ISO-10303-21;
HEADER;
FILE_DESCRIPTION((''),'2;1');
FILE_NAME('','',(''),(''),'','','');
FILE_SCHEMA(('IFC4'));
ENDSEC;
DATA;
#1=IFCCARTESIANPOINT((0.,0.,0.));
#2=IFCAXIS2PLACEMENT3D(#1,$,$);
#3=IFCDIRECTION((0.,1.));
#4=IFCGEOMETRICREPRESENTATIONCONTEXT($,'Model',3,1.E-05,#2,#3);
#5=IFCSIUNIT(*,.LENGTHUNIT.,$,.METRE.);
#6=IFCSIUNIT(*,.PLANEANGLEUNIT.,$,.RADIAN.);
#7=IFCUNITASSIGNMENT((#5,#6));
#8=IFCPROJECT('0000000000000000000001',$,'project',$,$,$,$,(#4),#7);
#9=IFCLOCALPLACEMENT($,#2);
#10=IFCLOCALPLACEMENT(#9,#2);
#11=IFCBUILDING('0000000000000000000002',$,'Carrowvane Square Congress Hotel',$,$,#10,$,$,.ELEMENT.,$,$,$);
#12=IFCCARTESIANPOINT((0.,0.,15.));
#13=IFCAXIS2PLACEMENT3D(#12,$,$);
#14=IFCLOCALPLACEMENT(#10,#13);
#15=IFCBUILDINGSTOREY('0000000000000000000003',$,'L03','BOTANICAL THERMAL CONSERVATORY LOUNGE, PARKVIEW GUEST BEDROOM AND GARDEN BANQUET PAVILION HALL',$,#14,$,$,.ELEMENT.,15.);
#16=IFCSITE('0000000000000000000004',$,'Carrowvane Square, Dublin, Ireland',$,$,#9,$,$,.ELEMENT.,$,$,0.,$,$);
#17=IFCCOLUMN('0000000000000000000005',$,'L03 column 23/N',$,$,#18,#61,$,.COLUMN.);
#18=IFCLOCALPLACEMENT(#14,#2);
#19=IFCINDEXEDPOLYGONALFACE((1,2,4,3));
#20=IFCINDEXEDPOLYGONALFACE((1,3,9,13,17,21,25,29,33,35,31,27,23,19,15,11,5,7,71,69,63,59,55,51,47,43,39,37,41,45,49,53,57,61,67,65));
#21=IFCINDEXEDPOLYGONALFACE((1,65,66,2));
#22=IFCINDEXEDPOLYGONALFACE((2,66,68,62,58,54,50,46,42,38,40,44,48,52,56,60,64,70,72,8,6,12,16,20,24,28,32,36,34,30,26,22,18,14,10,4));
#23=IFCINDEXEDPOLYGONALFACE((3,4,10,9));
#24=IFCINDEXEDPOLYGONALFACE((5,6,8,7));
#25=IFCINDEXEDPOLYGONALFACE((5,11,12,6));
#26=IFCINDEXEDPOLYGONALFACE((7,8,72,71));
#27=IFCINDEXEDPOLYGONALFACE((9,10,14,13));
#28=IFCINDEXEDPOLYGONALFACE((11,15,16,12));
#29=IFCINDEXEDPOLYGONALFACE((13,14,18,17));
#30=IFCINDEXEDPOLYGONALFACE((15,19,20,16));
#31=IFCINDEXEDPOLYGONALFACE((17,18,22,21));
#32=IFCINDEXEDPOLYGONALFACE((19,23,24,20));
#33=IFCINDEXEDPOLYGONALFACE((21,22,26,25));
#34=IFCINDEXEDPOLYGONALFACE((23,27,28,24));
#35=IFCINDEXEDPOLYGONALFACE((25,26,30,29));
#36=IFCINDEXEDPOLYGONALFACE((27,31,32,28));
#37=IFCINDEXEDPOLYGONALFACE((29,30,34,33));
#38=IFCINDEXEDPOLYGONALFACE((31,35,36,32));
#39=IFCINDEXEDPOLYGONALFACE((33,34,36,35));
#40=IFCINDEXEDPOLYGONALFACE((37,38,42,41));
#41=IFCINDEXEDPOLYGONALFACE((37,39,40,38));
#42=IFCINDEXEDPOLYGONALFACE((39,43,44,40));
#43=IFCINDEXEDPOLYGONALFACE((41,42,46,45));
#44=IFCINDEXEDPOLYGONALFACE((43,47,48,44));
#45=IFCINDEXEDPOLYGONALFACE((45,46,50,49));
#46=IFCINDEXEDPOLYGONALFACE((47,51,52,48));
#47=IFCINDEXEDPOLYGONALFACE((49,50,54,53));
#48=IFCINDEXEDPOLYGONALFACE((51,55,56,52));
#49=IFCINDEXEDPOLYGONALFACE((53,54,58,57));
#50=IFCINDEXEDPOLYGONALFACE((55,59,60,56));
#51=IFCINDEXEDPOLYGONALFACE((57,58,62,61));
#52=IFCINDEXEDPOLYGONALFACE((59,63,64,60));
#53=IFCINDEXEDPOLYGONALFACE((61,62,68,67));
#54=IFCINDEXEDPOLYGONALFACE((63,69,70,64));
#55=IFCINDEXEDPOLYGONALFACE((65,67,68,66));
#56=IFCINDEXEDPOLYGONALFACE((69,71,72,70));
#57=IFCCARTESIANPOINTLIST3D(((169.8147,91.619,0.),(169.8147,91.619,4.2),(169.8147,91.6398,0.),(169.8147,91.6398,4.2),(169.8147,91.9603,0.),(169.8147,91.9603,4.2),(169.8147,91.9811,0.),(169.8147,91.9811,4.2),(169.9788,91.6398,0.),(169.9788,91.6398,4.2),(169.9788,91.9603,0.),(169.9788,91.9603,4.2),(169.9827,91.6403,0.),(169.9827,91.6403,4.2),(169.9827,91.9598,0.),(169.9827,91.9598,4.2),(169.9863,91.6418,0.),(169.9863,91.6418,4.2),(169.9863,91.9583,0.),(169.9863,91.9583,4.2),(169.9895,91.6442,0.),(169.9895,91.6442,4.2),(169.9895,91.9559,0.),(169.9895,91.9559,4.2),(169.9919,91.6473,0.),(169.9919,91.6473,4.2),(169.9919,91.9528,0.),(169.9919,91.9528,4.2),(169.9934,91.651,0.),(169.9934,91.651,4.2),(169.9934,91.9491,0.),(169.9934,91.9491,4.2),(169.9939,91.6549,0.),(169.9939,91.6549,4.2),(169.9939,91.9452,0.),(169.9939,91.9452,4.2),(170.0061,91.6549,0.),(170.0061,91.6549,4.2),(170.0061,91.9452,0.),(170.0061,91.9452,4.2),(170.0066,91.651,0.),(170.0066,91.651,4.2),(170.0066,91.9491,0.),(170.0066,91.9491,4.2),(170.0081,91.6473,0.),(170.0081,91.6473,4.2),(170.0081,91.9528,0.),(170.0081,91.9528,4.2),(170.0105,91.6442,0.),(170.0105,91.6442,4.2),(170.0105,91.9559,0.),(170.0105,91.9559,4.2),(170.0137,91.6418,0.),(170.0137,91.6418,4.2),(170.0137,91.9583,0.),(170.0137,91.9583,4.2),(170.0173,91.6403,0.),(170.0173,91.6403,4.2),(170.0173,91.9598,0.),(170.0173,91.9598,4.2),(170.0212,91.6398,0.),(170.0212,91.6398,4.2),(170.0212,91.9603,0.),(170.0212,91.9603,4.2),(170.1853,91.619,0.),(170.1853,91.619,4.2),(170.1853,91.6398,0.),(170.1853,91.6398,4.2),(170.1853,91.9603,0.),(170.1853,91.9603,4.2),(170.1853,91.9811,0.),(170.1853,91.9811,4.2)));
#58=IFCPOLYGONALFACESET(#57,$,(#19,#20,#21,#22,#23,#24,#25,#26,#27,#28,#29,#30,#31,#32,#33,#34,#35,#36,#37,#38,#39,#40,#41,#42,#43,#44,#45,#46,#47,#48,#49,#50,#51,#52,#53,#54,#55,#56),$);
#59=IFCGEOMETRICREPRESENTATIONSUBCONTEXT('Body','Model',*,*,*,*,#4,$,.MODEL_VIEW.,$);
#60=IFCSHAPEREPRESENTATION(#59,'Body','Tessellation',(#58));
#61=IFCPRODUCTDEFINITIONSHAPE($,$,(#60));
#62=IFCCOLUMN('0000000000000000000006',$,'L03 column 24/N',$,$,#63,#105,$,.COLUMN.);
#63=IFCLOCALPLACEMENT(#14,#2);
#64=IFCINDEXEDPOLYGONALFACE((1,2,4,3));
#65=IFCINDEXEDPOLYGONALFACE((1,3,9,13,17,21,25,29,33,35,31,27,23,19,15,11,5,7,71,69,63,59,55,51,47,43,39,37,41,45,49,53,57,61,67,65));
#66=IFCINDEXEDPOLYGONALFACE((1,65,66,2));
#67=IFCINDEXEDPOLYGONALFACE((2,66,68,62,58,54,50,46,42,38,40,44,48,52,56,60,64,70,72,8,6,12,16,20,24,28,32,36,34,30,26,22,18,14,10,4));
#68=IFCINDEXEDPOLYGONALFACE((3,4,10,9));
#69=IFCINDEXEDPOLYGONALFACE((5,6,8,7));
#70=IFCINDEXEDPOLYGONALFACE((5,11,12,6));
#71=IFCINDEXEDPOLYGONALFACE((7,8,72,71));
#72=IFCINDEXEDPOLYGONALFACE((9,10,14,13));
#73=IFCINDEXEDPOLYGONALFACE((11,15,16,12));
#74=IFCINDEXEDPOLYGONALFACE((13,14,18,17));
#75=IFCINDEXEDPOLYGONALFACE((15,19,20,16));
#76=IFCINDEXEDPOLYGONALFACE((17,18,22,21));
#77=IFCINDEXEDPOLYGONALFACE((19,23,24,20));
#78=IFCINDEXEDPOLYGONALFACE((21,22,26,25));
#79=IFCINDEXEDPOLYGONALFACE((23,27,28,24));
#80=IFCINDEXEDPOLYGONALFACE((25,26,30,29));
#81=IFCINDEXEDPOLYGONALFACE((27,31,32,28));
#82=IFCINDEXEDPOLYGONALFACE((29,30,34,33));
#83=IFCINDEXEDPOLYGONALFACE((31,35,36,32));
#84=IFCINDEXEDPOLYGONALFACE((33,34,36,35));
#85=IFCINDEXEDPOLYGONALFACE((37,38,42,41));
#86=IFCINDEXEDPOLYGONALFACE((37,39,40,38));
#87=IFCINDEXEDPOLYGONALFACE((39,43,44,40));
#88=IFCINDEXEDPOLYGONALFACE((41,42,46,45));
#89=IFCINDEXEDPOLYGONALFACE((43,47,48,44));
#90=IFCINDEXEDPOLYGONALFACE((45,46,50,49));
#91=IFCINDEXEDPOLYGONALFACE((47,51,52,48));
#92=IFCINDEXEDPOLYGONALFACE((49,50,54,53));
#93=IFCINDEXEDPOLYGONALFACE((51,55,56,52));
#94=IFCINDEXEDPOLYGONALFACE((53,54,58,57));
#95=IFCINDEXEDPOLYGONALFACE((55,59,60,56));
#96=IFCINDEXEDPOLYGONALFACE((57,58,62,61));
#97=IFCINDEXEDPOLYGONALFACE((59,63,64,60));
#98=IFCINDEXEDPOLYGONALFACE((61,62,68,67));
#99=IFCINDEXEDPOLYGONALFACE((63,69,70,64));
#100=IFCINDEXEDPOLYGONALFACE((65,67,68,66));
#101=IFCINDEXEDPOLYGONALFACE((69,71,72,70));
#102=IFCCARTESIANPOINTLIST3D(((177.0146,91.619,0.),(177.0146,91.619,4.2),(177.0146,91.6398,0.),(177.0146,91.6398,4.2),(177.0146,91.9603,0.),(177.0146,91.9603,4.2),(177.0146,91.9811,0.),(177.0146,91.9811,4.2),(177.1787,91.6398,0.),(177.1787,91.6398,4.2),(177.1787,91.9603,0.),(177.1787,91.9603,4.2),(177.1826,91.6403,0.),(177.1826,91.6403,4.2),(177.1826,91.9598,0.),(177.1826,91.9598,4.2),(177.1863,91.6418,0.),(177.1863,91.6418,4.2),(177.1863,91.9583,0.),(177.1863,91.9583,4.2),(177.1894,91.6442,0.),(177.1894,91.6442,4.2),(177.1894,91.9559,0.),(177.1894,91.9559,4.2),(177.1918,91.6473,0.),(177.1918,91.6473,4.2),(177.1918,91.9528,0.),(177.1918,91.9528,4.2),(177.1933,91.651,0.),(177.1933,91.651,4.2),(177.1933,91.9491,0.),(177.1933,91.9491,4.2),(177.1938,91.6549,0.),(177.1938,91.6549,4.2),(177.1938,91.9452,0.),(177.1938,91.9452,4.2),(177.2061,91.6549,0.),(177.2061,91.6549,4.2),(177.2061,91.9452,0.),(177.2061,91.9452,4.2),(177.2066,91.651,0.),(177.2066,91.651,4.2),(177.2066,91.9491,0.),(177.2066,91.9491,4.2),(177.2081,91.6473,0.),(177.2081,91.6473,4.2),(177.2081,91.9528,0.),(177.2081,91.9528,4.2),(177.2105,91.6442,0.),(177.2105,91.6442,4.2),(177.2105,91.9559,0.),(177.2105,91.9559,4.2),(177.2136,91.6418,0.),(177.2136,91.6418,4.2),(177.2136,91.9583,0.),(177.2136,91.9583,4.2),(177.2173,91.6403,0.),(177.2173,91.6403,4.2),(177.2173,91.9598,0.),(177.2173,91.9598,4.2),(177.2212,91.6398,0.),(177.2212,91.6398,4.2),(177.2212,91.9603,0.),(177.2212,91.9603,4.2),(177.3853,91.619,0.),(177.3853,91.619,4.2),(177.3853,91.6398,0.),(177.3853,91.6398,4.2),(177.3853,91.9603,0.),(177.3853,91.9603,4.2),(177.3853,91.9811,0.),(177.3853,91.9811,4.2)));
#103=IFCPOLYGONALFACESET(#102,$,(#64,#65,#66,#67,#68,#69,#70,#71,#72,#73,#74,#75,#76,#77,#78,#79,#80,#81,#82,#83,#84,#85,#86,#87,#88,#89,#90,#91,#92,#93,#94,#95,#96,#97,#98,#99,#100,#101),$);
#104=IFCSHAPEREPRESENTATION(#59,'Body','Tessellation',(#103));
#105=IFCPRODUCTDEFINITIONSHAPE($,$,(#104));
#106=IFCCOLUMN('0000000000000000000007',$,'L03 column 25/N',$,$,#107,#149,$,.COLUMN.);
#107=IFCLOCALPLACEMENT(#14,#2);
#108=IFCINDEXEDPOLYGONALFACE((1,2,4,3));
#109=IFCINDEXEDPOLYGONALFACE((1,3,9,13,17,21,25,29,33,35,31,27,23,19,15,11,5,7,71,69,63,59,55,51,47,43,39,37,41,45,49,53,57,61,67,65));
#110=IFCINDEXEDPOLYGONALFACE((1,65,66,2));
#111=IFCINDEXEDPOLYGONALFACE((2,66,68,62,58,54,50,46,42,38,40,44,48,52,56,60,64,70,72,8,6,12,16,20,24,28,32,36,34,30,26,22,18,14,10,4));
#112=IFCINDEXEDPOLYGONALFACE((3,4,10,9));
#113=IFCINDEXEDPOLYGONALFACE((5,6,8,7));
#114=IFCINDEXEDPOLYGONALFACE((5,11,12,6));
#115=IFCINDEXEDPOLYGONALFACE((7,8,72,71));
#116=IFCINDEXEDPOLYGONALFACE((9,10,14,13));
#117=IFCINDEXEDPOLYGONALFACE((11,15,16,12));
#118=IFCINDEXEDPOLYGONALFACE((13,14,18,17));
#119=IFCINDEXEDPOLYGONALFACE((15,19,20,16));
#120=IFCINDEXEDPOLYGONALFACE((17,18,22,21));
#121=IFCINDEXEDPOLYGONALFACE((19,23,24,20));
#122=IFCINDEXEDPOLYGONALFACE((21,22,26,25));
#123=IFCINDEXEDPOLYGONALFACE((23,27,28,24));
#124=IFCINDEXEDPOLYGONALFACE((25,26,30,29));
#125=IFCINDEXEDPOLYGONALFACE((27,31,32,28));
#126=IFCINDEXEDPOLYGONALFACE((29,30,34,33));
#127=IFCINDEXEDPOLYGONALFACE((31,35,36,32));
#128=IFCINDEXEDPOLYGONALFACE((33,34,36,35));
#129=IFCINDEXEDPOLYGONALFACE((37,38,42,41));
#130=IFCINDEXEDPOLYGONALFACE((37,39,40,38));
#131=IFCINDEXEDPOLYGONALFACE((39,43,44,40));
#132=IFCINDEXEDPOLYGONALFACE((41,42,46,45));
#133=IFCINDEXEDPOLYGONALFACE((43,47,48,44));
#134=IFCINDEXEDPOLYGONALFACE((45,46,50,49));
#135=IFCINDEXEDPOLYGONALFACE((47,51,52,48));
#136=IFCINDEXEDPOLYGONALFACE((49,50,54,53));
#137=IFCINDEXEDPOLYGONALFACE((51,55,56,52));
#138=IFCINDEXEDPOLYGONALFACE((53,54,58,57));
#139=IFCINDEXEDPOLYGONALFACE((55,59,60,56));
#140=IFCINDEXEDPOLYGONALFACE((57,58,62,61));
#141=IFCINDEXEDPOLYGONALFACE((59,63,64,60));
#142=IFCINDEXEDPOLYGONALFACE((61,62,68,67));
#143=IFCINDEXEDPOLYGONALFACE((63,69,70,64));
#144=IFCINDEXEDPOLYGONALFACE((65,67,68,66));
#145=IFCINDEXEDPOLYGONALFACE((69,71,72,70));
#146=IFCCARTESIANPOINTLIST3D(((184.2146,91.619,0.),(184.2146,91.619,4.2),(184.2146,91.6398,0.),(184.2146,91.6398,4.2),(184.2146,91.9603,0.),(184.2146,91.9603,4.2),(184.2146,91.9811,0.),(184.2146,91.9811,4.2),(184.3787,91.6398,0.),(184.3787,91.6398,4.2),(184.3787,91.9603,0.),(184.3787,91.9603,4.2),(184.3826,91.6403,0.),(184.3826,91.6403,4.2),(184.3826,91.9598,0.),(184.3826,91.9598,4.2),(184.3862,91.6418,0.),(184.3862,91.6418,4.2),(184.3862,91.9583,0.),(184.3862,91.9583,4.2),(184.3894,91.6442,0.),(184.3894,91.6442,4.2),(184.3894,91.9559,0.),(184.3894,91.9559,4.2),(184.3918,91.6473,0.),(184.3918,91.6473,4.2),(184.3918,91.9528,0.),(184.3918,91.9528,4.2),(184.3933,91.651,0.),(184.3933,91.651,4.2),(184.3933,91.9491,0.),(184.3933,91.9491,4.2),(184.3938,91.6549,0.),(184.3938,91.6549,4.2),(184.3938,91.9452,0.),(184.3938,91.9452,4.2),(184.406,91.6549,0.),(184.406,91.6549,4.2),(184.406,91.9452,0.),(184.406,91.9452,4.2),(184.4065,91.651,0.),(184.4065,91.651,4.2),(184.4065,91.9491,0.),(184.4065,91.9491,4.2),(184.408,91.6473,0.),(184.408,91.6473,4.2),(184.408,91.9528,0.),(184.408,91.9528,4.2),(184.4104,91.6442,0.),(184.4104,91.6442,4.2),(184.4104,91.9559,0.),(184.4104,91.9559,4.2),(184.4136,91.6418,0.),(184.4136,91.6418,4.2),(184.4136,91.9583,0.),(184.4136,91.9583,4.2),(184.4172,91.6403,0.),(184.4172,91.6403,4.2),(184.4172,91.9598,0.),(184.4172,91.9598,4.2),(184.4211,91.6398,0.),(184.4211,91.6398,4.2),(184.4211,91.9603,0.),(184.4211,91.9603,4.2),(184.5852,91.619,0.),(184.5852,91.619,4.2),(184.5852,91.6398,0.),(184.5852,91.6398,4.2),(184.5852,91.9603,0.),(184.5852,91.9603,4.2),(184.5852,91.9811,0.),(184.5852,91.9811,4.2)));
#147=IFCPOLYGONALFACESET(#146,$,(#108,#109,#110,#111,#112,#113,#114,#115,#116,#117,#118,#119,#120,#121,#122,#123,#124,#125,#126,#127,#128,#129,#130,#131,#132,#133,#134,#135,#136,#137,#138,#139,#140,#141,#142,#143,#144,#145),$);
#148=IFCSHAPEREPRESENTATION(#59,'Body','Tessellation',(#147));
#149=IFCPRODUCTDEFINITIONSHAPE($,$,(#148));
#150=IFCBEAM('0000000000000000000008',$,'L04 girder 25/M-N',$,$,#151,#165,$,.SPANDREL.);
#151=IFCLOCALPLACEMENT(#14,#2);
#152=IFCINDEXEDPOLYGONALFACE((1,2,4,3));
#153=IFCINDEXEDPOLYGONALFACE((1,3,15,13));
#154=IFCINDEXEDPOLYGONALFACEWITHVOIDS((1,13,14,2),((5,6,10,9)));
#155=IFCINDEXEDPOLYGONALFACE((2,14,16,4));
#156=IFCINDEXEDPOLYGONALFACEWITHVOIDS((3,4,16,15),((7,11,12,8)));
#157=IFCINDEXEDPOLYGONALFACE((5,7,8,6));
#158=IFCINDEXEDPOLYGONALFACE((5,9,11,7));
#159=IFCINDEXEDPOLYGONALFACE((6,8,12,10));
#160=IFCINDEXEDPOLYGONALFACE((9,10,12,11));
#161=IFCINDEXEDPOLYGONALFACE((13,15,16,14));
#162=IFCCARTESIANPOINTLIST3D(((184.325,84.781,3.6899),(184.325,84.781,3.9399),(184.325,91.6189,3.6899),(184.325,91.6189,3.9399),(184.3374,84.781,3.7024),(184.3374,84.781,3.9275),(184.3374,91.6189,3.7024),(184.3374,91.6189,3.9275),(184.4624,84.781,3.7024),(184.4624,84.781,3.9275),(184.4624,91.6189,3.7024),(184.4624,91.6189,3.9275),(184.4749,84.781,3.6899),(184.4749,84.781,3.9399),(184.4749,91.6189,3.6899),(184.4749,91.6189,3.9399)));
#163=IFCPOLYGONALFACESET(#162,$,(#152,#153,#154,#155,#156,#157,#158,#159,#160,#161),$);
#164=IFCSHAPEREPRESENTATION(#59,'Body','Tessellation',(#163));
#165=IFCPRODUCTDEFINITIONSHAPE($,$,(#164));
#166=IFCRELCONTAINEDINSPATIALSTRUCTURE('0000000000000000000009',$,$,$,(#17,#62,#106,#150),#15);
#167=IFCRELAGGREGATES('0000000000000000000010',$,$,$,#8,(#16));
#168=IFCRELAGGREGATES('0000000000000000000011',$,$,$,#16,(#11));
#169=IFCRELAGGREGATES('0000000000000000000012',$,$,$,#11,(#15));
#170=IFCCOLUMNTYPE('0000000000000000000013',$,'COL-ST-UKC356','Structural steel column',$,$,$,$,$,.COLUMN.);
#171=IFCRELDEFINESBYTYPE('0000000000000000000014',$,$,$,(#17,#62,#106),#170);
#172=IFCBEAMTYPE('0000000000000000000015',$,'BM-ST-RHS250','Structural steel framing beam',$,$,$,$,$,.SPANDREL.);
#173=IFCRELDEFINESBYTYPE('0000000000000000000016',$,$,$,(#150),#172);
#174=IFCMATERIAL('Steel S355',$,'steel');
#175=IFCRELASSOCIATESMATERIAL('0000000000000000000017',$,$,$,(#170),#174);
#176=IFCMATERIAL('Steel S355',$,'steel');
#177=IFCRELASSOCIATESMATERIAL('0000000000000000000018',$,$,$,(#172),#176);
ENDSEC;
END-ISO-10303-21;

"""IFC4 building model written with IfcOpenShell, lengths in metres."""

from ifc_helpers import new_model, si_unit, direction, frame, origin, origin_2d, place, context, subcontext, project, spatial, hollow_rectangle, i_section, extrude, material, material_profile, profile_set, type_object, element, save


model = new_model("IFC4")

# Units and contexts
model_context = context("Model", 3, precision=1e-05, world=origin(), true_north=direction((0.0, 1.0)))
body_context = subcontext(model_context, "Body", "Model", "MODEL_VIEW")
ifc_project = project(units=[si_unit("LENGTHUNIT", "METRE"), si_unit("PLANEANGLEUNIT", "RADIAN")], contexts=[model_context])

# Site, building, storey
site_placement = place(None, origin())
site = spatial("IfcSite", under=ifc_project, at=site_placement, Name="Carrowvane Square, Dublin, Ireland", CompositionType="ELEMENT", RefElevation=0.0)
building_placement = place(site_placement, origin())
building = spatial("IfcBuilding", under=site, at=building_placement, Name="Carrowvane Square Congress Hotel", CompositionType="ELEMENT")
storey_placement = place(building_placement, frame((0.0, 0.0, 15.0)))
storey = spatial("IfcBuildingStorey", under=building, at=storey_placement, Name="L03", Description="BOTANICAL THERMAL CONSERVATORY LOUNGE, PARKVIEW GUEST BEDROOM AND GARDEN BANQUET PAVILION HALL", CompositionType="ELEMENT", Elevation=15.0)

# Columns
ifc_material_1 = material(Name="Steel S355", Category="steel")
ifc_material_profile_1 = material_profile(ifc_material_1, i_section(OverallWidth=0.3706, OverallDepth=0.3621, WebThickness=0.0122, FlangeThickness=0.0208, FilletRadius=0.0151, at=origin_2d()), Name="UKC 356x368x153")
ifc_profile_set_1 = profile_set([ifc_material_profile_1], Name="Steel S355")
column_type = type_object("IfcColumnType", Name="COL-ST-UKC356", Description="Structural steel column", PredefinedType="COLUMN", material=ifc_profile_set_1)
for number, where, z_axis, x_axis, name in (
    (1, (170.0, 91.8, 0.0), (0.0, 0.0, 1.0), (1.0, 0.0, 0.0), "L03 column 23/N"),
    (2, (177.2, 91.8, 0.0), (0.0, 0.0, 1.0), (1.0, 0.0, 0.0), "L03 column 24/N"),
    (3, (184.3999, 91.8, 0.0), (0.0, 0.0, 1.0), (1.0, 0.0, 0.0), "L03 column 25/N"),
):
    element("IfcColumn", number, at=place(storey_placement, frame(where, z_axis=z_axis, x_axis=x_axis)), inside=storey, type_object=column_type, Name=name, PredefinedType="COLUMN", context=body_context, shape_type="SweptSolid", body=[
        extrude(i_section(OverallWidth=0.3706, OverallDepth=0.3621, WebThickness=0.0122, FlangeThickness=0.0208, FilletRadius=0.0151, at=origin_2d()), origin(), (0.0, 0.0, 1.0), 4.2),
    ])

# Beam
ifc_material_2 = material(Name="Steel S355", Category="steel")
ifc_material_profile_2 = material_profile(ifc_material_2, hollow_rectangle(XDim=0.1499, YDim=0.25, WallThickness=0.0125, at=origin_2d()), Name="RHS 250x150x12.5")
ifc_profile_set_2 = profile_set([ifc_material_profile_2], Name="Steel S355")
beam_type_1 = type_object("IfcBeamType", Name="BM-ST-RHS250", Description="Structural steel framing beam", PredefinedType="SPANDREL", material=ifc_profile_set_2)
beam_1_placement = place(storey_placement, frame((184.3999, 84.781, 3.8149), z_axis=(0.0, 1.0, 0.0), x_axis=(-1.0, 0.0, 0.0)))
element("IfcBeam", 4, at=beam_1_placement, inside=storey, type_object=beam_type_1, Name="L04 girder 25/M-N", PredefinedType="SPANDREL", context=body_context, shape_type="SweptSolid", body=[
    extrude(hollow_rectangle(XDim=0.1499, YDim=0.25, WallThickness=0.0125, at=origin_2d()), origin(), (0.0, 0.0, 1.0), 6.8379),
])

save(model, "model.ifc")
